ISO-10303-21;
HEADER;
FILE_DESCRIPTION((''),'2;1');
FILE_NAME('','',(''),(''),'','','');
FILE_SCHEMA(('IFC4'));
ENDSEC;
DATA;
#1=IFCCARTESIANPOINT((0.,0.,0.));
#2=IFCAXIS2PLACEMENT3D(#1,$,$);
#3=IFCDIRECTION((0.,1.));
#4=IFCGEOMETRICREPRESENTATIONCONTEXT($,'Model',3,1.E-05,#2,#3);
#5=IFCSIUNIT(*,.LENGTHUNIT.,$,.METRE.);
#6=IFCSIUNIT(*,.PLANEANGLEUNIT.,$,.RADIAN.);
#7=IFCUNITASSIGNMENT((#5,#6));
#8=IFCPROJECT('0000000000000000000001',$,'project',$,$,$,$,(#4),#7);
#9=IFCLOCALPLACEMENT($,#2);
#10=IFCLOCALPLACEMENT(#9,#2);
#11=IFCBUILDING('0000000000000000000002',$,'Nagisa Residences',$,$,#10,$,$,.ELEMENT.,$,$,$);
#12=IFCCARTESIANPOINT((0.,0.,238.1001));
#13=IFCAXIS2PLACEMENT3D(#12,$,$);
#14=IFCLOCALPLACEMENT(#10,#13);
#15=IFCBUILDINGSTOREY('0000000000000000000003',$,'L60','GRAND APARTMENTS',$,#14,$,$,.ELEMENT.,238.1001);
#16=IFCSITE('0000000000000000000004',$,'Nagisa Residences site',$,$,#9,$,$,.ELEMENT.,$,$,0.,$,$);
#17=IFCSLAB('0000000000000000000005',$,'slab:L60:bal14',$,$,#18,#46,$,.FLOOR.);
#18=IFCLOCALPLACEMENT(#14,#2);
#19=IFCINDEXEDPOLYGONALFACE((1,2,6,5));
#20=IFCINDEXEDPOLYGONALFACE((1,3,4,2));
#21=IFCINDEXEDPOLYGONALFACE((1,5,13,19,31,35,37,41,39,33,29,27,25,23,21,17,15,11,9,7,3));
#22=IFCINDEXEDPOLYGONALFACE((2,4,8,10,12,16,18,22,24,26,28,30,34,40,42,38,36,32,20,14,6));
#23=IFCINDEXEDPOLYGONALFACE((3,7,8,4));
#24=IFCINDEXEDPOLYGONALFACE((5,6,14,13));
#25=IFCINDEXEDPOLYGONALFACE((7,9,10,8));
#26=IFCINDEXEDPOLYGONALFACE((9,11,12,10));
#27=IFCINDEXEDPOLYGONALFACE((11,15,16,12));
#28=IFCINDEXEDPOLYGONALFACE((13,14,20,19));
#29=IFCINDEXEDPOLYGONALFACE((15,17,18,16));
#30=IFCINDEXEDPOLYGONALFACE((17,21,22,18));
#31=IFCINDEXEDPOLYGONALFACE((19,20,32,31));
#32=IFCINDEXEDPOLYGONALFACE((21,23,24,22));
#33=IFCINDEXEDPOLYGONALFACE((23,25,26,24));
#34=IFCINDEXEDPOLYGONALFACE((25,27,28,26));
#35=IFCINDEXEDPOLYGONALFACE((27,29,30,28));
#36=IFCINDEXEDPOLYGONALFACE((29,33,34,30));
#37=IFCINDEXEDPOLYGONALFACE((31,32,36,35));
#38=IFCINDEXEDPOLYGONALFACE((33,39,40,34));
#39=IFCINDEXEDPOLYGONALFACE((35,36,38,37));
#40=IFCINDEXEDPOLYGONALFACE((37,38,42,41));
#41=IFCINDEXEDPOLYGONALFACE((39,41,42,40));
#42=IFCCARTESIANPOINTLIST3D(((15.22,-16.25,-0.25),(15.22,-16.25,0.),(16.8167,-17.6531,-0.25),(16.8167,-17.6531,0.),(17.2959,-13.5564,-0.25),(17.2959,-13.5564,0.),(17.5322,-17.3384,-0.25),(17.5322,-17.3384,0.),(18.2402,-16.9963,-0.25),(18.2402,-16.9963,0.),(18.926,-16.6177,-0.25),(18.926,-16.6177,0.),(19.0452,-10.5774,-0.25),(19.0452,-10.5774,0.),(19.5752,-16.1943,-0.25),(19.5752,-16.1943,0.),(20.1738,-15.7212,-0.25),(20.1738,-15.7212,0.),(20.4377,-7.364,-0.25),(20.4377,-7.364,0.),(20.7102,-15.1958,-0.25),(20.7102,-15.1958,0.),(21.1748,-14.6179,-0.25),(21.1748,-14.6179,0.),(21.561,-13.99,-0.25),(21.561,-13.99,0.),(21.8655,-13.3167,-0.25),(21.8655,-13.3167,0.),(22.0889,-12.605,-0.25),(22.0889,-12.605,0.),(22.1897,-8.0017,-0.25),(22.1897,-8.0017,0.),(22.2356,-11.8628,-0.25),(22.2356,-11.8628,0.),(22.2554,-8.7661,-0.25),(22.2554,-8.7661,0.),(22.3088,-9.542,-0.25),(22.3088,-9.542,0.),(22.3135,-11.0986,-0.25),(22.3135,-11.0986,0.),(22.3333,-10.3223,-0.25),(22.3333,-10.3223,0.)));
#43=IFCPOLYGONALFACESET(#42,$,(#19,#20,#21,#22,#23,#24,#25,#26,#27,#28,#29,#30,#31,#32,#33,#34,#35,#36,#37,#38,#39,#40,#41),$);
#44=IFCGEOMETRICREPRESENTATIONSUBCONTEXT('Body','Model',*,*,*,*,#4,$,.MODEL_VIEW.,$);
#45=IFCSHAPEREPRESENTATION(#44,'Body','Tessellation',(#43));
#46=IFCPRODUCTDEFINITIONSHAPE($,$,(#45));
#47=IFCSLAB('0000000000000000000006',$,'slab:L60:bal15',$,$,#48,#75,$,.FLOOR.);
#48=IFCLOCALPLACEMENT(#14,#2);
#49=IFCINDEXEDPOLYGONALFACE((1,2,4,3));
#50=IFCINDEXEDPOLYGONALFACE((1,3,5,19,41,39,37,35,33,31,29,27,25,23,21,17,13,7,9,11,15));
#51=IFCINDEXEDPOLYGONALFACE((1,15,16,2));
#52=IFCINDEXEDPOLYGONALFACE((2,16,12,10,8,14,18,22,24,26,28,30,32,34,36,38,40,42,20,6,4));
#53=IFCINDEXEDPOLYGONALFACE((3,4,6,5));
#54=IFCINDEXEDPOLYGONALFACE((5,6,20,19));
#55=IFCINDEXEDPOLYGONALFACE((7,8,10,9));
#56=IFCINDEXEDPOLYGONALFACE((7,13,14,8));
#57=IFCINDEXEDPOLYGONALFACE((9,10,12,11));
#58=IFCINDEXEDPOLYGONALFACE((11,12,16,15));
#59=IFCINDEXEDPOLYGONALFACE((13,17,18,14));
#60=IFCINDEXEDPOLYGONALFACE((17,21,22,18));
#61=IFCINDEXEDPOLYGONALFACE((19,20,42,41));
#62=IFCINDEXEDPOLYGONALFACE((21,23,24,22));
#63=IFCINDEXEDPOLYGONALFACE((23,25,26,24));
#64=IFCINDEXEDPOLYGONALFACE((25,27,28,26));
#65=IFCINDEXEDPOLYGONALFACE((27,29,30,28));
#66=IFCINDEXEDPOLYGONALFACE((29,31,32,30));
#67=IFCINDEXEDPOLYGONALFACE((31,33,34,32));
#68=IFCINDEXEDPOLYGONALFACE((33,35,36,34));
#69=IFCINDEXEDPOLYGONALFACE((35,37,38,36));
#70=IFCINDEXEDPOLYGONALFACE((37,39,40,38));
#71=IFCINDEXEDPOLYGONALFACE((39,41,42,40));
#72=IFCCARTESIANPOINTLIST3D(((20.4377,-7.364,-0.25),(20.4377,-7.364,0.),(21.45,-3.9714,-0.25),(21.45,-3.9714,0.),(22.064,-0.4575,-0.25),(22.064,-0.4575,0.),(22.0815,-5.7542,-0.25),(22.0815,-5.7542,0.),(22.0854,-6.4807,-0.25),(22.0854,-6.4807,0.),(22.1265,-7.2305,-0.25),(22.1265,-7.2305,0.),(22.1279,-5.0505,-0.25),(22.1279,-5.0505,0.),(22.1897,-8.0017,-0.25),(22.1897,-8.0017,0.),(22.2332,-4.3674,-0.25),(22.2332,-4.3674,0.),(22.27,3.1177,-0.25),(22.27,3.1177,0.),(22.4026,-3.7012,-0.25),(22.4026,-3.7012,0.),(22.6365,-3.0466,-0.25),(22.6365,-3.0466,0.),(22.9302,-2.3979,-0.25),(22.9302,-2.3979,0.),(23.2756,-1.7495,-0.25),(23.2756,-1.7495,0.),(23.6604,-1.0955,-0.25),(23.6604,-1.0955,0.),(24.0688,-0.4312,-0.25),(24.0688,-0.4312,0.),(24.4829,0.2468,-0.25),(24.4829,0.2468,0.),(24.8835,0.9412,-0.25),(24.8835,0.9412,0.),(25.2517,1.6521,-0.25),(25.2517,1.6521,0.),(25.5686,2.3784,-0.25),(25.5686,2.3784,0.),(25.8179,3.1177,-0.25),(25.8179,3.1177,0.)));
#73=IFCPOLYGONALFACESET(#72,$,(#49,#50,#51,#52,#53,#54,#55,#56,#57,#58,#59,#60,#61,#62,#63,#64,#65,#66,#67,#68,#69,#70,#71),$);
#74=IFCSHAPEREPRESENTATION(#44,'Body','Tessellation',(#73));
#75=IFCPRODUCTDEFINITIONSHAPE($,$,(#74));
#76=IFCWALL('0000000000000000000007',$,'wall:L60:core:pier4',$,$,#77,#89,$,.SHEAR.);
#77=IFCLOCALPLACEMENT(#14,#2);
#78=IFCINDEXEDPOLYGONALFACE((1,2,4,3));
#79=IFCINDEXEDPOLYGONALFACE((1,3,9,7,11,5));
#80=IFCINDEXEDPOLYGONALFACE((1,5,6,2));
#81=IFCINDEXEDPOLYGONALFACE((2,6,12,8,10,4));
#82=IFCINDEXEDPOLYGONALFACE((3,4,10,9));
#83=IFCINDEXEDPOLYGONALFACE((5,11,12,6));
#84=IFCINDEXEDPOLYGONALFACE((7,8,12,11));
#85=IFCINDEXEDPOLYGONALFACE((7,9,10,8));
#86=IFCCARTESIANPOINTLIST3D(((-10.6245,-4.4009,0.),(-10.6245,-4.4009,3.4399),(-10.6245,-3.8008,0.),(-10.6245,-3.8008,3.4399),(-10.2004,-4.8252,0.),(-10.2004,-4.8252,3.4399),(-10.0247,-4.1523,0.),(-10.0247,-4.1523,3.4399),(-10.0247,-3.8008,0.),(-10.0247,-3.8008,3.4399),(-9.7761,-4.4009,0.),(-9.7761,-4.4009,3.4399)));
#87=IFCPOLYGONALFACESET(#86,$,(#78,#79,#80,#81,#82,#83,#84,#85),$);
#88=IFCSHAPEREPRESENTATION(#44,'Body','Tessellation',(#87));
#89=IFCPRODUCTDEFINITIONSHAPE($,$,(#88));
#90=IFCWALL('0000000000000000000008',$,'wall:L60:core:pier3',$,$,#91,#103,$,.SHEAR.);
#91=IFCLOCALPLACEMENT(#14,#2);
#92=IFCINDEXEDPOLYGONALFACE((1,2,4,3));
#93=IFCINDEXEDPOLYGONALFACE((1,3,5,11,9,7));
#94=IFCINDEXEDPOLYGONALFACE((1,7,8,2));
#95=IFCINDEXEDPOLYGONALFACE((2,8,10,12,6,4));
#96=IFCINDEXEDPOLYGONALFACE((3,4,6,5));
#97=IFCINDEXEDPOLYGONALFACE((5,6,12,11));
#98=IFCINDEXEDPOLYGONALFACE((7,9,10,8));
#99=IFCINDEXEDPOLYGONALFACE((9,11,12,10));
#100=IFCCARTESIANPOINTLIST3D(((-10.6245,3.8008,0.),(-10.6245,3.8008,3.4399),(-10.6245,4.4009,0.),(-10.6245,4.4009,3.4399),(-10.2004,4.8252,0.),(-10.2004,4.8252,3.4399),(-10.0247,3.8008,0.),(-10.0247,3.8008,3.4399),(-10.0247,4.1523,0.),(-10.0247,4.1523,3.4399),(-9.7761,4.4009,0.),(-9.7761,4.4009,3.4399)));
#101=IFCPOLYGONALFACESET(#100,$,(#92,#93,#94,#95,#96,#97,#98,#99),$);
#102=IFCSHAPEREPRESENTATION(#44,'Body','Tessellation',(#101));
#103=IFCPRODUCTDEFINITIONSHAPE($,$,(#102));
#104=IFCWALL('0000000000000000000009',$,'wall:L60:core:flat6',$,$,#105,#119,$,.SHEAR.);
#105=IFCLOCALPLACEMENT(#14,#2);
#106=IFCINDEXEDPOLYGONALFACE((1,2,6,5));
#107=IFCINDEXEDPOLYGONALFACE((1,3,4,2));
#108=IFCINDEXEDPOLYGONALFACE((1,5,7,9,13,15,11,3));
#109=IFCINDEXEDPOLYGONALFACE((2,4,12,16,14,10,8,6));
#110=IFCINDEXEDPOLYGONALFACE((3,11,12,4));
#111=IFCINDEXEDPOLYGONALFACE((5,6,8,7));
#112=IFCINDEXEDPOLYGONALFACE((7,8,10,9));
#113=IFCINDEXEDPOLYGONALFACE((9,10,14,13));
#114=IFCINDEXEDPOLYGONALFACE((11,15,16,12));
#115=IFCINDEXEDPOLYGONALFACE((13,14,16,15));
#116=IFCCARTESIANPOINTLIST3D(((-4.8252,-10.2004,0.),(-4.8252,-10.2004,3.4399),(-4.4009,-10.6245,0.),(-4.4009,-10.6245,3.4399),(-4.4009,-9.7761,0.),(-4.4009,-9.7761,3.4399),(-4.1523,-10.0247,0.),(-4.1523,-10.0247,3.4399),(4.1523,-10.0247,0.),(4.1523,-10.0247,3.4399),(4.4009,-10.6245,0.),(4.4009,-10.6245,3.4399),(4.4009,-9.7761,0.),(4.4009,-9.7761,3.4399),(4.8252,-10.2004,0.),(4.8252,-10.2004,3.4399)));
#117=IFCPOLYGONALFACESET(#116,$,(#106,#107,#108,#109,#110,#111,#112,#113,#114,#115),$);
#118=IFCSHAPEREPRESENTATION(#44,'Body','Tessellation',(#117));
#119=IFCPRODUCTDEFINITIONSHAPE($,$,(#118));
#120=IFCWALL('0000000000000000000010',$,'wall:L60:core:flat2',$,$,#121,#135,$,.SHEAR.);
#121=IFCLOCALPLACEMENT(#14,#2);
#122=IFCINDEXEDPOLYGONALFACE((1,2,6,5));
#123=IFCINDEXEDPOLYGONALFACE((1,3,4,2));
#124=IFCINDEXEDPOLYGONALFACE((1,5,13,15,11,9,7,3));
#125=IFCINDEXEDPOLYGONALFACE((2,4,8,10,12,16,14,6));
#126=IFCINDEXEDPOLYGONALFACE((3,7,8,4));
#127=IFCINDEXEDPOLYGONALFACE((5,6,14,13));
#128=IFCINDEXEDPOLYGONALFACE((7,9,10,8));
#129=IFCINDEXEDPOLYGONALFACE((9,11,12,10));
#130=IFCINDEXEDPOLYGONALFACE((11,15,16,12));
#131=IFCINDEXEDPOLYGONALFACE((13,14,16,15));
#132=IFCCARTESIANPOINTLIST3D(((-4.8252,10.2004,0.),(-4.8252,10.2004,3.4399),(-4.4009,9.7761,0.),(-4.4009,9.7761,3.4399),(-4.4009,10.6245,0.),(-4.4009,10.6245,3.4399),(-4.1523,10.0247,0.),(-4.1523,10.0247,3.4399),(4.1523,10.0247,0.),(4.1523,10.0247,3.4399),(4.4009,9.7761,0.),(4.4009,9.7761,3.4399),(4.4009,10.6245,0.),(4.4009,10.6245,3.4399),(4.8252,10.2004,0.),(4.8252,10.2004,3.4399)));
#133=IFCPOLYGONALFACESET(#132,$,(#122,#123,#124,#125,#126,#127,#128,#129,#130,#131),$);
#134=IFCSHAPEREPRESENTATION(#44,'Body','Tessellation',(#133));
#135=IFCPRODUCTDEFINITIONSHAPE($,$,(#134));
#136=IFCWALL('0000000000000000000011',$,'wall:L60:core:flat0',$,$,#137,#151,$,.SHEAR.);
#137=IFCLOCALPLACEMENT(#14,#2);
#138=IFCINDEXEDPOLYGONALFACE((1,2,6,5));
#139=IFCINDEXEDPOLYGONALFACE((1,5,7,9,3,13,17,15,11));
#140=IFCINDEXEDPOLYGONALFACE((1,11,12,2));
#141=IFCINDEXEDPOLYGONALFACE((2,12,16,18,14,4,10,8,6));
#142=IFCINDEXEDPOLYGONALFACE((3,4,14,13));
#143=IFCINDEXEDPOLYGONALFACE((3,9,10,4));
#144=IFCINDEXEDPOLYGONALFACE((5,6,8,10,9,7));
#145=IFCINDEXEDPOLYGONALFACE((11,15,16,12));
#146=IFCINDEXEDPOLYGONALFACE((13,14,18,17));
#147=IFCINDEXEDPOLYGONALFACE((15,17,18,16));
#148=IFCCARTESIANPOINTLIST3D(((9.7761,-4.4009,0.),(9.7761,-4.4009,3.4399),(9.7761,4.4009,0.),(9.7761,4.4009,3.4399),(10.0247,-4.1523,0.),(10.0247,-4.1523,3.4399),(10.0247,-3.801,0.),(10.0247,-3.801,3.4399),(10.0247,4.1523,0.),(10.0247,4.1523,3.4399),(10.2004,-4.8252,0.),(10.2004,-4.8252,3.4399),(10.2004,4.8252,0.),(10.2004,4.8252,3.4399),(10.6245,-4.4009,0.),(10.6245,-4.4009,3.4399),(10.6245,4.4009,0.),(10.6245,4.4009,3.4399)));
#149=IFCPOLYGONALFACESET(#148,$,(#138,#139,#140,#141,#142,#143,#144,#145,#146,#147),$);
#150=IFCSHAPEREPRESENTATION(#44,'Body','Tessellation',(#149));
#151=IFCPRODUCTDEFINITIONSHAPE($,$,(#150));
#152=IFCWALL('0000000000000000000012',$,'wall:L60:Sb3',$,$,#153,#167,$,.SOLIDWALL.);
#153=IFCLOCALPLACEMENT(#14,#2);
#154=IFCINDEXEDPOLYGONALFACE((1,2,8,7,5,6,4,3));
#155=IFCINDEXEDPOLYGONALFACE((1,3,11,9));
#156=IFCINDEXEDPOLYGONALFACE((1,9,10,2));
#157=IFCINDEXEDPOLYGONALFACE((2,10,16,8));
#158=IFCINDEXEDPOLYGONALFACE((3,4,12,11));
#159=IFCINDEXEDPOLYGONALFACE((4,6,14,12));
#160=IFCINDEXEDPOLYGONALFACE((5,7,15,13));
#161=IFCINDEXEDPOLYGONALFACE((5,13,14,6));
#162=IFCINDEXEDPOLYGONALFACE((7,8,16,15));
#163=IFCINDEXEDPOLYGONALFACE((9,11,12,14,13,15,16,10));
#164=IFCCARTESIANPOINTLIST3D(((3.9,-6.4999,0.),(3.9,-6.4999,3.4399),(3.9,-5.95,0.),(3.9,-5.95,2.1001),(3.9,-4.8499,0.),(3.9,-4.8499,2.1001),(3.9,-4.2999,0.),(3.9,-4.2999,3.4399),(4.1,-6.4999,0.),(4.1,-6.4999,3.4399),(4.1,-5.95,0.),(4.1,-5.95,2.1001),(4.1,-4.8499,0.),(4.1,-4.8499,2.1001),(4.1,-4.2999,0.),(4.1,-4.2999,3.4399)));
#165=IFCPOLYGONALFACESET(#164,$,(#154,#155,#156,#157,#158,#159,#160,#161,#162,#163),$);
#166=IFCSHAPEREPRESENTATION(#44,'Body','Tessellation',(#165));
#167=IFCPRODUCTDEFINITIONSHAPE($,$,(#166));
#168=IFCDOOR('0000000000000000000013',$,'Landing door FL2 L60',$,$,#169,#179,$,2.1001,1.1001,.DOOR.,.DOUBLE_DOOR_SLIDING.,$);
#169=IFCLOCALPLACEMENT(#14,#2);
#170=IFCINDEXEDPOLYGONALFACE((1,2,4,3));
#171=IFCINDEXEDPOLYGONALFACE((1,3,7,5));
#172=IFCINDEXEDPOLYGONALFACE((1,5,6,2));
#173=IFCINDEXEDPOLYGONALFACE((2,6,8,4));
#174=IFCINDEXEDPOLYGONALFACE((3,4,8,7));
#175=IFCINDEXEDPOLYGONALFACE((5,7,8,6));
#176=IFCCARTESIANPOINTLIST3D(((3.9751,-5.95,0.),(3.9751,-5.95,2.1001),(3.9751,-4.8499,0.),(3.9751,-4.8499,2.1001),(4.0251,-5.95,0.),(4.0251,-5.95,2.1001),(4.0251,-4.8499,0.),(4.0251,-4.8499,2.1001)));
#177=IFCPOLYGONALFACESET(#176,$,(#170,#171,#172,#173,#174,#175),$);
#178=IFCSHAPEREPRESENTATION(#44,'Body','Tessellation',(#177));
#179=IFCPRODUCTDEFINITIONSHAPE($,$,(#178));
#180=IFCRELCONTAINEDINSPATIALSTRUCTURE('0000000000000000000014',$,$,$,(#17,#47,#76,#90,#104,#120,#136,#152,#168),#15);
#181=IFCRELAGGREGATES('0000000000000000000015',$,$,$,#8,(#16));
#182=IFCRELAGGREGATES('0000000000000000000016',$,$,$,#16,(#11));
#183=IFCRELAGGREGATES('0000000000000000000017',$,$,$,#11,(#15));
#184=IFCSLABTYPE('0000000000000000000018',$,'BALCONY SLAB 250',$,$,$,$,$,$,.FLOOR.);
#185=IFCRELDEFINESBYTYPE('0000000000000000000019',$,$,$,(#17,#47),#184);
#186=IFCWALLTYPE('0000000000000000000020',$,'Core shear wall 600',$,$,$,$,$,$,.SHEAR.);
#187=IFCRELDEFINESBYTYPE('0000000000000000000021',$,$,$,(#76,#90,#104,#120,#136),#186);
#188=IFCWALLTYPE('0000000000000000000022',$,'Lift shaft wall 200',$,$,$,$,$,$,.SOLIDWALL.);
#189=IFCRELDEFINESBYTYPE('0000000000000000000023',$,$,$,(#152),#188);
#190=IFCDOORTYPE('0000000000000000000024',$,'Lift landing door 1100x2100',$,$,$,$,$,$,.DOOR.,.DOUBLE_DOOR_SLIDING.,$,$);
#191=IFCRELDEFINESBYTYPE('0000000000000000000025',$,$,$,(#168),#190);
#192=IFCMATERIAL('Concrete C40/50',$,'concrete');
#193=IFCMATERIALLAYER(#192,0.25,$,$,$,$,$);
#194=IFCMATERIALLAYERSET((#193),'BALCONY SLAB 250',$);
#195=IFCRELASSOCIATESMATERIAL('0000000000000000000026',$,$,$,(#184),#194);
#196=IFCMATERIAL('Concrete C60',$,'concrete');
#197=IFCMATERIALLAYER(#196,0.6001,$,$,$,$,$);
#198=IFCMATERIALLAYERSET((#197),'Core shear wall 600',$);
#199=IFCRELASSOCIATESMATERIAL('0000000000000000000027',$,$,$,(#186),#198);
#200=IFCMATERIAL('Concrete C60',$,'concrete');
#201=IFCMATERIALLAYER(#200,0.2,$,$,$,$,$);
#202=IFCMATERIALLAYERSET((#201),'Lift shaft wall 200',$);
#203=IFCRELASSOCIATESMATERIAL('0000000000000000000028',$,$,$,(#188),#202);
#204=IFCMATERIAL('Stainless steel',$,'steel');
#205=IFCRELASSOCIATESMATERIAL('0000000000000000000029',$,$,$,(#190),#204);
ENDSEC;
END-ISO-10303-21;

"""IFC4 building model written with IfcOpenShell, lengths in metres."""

from ifc_helpers import new_model, si_unit, direction, frame, frame_2d, origin, place, context, subcontext, project, spatial, polyline, rectangle, outline, extrude, material, layer, layer_set, type_object, element, fill, save


model = new_model("IFC4")

# Units and contexts
model_context = context("Model", 3, precision=1e-05, world=origin(), true_north=direction((0.0, 1.0)))
body_context = subcontext(model_context, "Body", "Model", "MODEL_VIEW")
ifc_project = project(units=[si_unit("LENGTHUNIT", "METRE"), si_unit("PLANEANGLEUNIT", "RADIAN")], contexts=[model_context])

# Site, building, storey
site_placement = place(None, origin())
site = spatial("IfcSite", under=ifc_project, at=site_placement, Name="Nagisa Residences site", CompositionType="ELEMENT", RefElevation=0.0)
building_placement = place(site_placement, origin())
building = spatial("IfcBuilding", under=site, at=building_placement, Name="Nagisa Residences", CompositionType="ELEMENT")
storey_placement = place(building_placement, frame((0.0, 0.0, 238.1001)))
storey = spatial("IfcBuildingStorey", under=building, at=storey_placement, Name="L60", Description="GRAND APARTMENTS", CompositionType="ELEMENT", Elevation=238.1001)

# Slabs
ifc_material_1 = material(Name="Concrete C40/50", Category="concrete")
ifc_layer_1 = layer(ifc_material_1, 0.25)
ifc_layer_set_1 = layer_set([ifc_layer_1], Name="BALCONY SLAB 250")
slab_type = type_object("IfcSlabType", Name="BALCONY SLAB 250", PredefinedType="FLOOR", material=ifc_layer_set_1)
slab_1_placement = place(storey_placement, frame((0.0, 0.0, -0.25)))
element("IfcSlab", 1, at=slab_1_placement, inside=storey, type_object=slab_type, Name="slab:L60:bal14", PredefinedType="FLOOR", context=body_context, shape_type="SweptSolid", body=[
    extrude(outline(polyline([(16.8167, -17.6531), (17.5322, -17.3384), (18.2402, -16.9963), (18.926, -16.6177), (19.5752, -16.1943), (20.1738, -15.7212), (20.7102, -15.1958), (21.1748, -14.6179), (21.561, -13.99), (21.8655, -13.3167), (22.0889, -12.605), (22.2356, -11.8628), (22.3135, -11.0986), (22.3333, -10.3223), (22.3088, -9.542), (22.2554, -8.7661), (22.1897, -8.0017), (20.4377, -7.364), (19.0452, -10.5774), (17.2959, -13.5564), (15.22, -16.25), (16.8167, -17.6531)])), origin(), (0.0, 0.0, 1.0), 0.25),
])
slab_2_placement = place(storey_placement, frame((0.0, 0.0, -0.25)))
element("IfcSlab", 2, at=slab_2_placement, inside=storey, type_object=slab_type, Name="slab:L60:bal15", PredefinedType="FLOOR", context=body_context, shape_type="SweptSolid", body=[
    extrude(outline(polyline([(22.1897, -8.0017), (22.1265, -7.2305), (22.0854, -6.4807), (22.0815, -5.7542), (22.1279, -5.0505), (22.2332, -4.3674), (22.4026, -3.7012), (22.6365, -3.0466), (22.9302, -2.3979), (23.2756, -1.7495), (23.6604, -1.0955), (24.0688, -0.4312), (24.4829, 0.2468), (24.8835, 0.9412), (25.2517, 1.6521), (25.5686, 2.3784), (25.8179, 3.1177), (22.27, 3.1177), (22.064, -0.4575), (21.45, -3.9714), (20.4377, -7.364), (22.1897, -8.0017)])), origin(), (0.0, 0.0, 1.0), 0.25),
])

# Walls
ifc_material_2 = material(Name="Concrete C60", Category="concrete")
ifc_layer_2 = layer(ifc_material_2, 0.6001)
ifc_layer_set_2 = layer_set([ifc_layer_2], Name="Core shear wall 600")
wall_type_1 = type_object("IfcWallType", Name="Core shear wall 600", PredefinedType="SHEAR", material=ifc_layer_set_2)
wall_1_placement = place(storey_placement, origin())
element("IfcWall", 3, at=wall_1_placement, inside=storey, type_object=wall_type_1, Name="wall:L60:core:pier4", PredefinedType="SHEAR", context=body_context, shape_type="SweptSolid", body=[
    extrude(outline(polyline([(-10.6245, -3.8008), (-10.0247, -3.8008), (-10.0247, -4.1523), (-9.7761, -4.4009), (-10.2004, -4.8252), (-10.6245, -4.4009), (-10.6245, -3.8008)])), origin(), (0.0, 0.0, 1.0), 3.4399),
])
wall_2_placement = place(storey_placement, origin())
element("IfcWall", 4, at=wall_2_placement, inside=storey, type_object=wall_type_1, Name="wall:L60:core:pier3", PredefinedType="SHEAR", context=body_context, shape_type="SweptSolid", body=[
    extrude(outline(polyline([(-10.2004, 4.8252), (-9.7761, 4.4009), (-10.0247, 4.1523), (-10.0247, 3.8008), (-10.6245, 3.8008), (-10.6245, 4.4009), (-10.2004, 4.8252)])), origin(), (0.0, 0.0, 1.0), 3.4399),
])
wall_3_placement = place(storey_placement, origin())
element("IfcWall", 5, at=wall_3_placement, inside=storey, type_object=wall_type_1, Name="wall:L60:core:flat6", PredefinedType="SHEAR", context=body_context, shape_type="SweptSolid", body=[
    extrude(outline(polyline([(-4.1523, -10.0247), (4.1523, -10.0247), (4.4009, -9.7761), (4.8252, -10.2004), (4.4009, -10.6245), (-4.4009, -10.6245), (-4.8252, -10.2004), (-4.4009, -9.7761), (-4.1523, -10.0247)])), origin(), (0.0, 0.0, 1.0), 3.4399),
])
wall_4_placement = place(storey_placement, origin())
element("IfcWall", 6, at=wall_4_placement, inside=storey, type_object=wall_type_1, Name="wall:L60:core:flat2", PredefinedType="SHEAR", context=body_context, shape_type="SweptSolid", body=[
    extrude(outline(polyline([(-4.1523, 10.0247), (-4.4009, 9.7761), (-4.8252, 10.2004), (-4.4009, 10.6245), (4.4009, 10.6245), (4.8252, 10.2004), (4.4009, 9.7761), (4.1523, 10.0247), (-4.1523, 10.0247)])), origin(), (0.0, 0.0, 1.0), 3.4399),
])
wall_5_placement = place(storey_placement, origin())
element("IfcWall", 7, at=wall_5_placement, inside=storey, type_object=wall_type_1, Name="wall:L60:core:flat0", PredefinedType="SHEAR", context=body_context, shape_type="SweptSolid", body=[
    extrude(outline(polyline([(9.7761, -4.4009), (10.0247, -4.1523), (10.0247, -3.801), (10.0247, 4.1523), (9.7761, 4.4009), (10.2004, 4.8252), (10.6245, 4.4009), (10.6245, -4.4009), (10.2004, -4.8252), (9.7761, -4.4009)])), origin(), (0.0, 0.0, 1.0), 3.4399),
])

# Wall, opening, door
ifc_material_3 = material(Name="Concrete C60", Category="concrete")
ifc_layer_3 = layer(ifc_material_3, 0.2)
ifc_layer_set_3 = layer_set([ifc_layer_3], Name="Lift shaft wall 200")
wall_type_2 = type_object("IfcWallType", Name="Lift shaft wall 200", PredefinedType="SOLIDWALL", material=ifc_layer_set_3)
wall_6_placement = place(storey_placement, frame((4.0, -6.5, 0.0), z_axis=(0.0, 0.0, 1.0), x_axis=(0.0, 1.0, 0.0)))
wall_6 = element("IfcWall", 8, at=wall_6_placement, inside=storey, type_object=wall_type_2, Name="wall:L60:Sb3", PredefinedType="SOLIDWALL", context=body_context, shape_type="SweptSolid", body=[
    extrude(rectangle(XDim=2.2, YDim=0.2, at=frame_2d((1.1001, 0.0))), origin(), (0.0, 0.0, 1.0), 3.4399),
])
opening_placement = place(wall_6_placement, frame((0.55, 0.0, 0.0)))
opening = element("IfcOpeningElement", 9, at=opening_placement, cuts=wall_6, PredefinedType="OPENING", context=body_context, shape_type="SweptSolid", body=[
    extrude(rectangle(XDim=1.1001, YDim=2.1001, at=frame_2d((0.55, 1.05))), frame((0.0, 0.1099, 0.0), z_axis=(0.0, -1.0, 0.0), x_axis=(1.0, 0.0, 0.0)), (0.0, 0.0, 1.0), 0.22),
])
ifc_material_4 = material(Name="Stainless steel", Category="steel")
door_type = type_object("IfcDoorType", Name="Lift landing door 1100x2100", OperationType="DOUBLE_DOOR_SLIDING", PredefinedType="DOOR", material=ifc_material_4)
door_placement = place(opening_placement, origin())
door = element("IfcDoor", 10, at=door_placement, inside=storey, type_object=door_type, Name="Landing door FL2 L60", OperationType="DOUBLE_DOOR_SLIDING", OverallHeight=2.1001, OverallWidth=1.1001, PredefinedType="DOOR", context=body_context, shape_type="SweptSolid", body=[
    extrude(rectangle(XDim=1.1001, YDim=2.1001, at=frame_2d((0.55, 1.05))), frame((0.0, 0.0249, 0.0), z_axis=(0.0, -1.0, 0.0), x_axis=(1.0, 0.0, 0.0)), (0.0, 0.0, 1.0), 0.05),
])
fill(opening, door)

save(model, "model.ifc")
